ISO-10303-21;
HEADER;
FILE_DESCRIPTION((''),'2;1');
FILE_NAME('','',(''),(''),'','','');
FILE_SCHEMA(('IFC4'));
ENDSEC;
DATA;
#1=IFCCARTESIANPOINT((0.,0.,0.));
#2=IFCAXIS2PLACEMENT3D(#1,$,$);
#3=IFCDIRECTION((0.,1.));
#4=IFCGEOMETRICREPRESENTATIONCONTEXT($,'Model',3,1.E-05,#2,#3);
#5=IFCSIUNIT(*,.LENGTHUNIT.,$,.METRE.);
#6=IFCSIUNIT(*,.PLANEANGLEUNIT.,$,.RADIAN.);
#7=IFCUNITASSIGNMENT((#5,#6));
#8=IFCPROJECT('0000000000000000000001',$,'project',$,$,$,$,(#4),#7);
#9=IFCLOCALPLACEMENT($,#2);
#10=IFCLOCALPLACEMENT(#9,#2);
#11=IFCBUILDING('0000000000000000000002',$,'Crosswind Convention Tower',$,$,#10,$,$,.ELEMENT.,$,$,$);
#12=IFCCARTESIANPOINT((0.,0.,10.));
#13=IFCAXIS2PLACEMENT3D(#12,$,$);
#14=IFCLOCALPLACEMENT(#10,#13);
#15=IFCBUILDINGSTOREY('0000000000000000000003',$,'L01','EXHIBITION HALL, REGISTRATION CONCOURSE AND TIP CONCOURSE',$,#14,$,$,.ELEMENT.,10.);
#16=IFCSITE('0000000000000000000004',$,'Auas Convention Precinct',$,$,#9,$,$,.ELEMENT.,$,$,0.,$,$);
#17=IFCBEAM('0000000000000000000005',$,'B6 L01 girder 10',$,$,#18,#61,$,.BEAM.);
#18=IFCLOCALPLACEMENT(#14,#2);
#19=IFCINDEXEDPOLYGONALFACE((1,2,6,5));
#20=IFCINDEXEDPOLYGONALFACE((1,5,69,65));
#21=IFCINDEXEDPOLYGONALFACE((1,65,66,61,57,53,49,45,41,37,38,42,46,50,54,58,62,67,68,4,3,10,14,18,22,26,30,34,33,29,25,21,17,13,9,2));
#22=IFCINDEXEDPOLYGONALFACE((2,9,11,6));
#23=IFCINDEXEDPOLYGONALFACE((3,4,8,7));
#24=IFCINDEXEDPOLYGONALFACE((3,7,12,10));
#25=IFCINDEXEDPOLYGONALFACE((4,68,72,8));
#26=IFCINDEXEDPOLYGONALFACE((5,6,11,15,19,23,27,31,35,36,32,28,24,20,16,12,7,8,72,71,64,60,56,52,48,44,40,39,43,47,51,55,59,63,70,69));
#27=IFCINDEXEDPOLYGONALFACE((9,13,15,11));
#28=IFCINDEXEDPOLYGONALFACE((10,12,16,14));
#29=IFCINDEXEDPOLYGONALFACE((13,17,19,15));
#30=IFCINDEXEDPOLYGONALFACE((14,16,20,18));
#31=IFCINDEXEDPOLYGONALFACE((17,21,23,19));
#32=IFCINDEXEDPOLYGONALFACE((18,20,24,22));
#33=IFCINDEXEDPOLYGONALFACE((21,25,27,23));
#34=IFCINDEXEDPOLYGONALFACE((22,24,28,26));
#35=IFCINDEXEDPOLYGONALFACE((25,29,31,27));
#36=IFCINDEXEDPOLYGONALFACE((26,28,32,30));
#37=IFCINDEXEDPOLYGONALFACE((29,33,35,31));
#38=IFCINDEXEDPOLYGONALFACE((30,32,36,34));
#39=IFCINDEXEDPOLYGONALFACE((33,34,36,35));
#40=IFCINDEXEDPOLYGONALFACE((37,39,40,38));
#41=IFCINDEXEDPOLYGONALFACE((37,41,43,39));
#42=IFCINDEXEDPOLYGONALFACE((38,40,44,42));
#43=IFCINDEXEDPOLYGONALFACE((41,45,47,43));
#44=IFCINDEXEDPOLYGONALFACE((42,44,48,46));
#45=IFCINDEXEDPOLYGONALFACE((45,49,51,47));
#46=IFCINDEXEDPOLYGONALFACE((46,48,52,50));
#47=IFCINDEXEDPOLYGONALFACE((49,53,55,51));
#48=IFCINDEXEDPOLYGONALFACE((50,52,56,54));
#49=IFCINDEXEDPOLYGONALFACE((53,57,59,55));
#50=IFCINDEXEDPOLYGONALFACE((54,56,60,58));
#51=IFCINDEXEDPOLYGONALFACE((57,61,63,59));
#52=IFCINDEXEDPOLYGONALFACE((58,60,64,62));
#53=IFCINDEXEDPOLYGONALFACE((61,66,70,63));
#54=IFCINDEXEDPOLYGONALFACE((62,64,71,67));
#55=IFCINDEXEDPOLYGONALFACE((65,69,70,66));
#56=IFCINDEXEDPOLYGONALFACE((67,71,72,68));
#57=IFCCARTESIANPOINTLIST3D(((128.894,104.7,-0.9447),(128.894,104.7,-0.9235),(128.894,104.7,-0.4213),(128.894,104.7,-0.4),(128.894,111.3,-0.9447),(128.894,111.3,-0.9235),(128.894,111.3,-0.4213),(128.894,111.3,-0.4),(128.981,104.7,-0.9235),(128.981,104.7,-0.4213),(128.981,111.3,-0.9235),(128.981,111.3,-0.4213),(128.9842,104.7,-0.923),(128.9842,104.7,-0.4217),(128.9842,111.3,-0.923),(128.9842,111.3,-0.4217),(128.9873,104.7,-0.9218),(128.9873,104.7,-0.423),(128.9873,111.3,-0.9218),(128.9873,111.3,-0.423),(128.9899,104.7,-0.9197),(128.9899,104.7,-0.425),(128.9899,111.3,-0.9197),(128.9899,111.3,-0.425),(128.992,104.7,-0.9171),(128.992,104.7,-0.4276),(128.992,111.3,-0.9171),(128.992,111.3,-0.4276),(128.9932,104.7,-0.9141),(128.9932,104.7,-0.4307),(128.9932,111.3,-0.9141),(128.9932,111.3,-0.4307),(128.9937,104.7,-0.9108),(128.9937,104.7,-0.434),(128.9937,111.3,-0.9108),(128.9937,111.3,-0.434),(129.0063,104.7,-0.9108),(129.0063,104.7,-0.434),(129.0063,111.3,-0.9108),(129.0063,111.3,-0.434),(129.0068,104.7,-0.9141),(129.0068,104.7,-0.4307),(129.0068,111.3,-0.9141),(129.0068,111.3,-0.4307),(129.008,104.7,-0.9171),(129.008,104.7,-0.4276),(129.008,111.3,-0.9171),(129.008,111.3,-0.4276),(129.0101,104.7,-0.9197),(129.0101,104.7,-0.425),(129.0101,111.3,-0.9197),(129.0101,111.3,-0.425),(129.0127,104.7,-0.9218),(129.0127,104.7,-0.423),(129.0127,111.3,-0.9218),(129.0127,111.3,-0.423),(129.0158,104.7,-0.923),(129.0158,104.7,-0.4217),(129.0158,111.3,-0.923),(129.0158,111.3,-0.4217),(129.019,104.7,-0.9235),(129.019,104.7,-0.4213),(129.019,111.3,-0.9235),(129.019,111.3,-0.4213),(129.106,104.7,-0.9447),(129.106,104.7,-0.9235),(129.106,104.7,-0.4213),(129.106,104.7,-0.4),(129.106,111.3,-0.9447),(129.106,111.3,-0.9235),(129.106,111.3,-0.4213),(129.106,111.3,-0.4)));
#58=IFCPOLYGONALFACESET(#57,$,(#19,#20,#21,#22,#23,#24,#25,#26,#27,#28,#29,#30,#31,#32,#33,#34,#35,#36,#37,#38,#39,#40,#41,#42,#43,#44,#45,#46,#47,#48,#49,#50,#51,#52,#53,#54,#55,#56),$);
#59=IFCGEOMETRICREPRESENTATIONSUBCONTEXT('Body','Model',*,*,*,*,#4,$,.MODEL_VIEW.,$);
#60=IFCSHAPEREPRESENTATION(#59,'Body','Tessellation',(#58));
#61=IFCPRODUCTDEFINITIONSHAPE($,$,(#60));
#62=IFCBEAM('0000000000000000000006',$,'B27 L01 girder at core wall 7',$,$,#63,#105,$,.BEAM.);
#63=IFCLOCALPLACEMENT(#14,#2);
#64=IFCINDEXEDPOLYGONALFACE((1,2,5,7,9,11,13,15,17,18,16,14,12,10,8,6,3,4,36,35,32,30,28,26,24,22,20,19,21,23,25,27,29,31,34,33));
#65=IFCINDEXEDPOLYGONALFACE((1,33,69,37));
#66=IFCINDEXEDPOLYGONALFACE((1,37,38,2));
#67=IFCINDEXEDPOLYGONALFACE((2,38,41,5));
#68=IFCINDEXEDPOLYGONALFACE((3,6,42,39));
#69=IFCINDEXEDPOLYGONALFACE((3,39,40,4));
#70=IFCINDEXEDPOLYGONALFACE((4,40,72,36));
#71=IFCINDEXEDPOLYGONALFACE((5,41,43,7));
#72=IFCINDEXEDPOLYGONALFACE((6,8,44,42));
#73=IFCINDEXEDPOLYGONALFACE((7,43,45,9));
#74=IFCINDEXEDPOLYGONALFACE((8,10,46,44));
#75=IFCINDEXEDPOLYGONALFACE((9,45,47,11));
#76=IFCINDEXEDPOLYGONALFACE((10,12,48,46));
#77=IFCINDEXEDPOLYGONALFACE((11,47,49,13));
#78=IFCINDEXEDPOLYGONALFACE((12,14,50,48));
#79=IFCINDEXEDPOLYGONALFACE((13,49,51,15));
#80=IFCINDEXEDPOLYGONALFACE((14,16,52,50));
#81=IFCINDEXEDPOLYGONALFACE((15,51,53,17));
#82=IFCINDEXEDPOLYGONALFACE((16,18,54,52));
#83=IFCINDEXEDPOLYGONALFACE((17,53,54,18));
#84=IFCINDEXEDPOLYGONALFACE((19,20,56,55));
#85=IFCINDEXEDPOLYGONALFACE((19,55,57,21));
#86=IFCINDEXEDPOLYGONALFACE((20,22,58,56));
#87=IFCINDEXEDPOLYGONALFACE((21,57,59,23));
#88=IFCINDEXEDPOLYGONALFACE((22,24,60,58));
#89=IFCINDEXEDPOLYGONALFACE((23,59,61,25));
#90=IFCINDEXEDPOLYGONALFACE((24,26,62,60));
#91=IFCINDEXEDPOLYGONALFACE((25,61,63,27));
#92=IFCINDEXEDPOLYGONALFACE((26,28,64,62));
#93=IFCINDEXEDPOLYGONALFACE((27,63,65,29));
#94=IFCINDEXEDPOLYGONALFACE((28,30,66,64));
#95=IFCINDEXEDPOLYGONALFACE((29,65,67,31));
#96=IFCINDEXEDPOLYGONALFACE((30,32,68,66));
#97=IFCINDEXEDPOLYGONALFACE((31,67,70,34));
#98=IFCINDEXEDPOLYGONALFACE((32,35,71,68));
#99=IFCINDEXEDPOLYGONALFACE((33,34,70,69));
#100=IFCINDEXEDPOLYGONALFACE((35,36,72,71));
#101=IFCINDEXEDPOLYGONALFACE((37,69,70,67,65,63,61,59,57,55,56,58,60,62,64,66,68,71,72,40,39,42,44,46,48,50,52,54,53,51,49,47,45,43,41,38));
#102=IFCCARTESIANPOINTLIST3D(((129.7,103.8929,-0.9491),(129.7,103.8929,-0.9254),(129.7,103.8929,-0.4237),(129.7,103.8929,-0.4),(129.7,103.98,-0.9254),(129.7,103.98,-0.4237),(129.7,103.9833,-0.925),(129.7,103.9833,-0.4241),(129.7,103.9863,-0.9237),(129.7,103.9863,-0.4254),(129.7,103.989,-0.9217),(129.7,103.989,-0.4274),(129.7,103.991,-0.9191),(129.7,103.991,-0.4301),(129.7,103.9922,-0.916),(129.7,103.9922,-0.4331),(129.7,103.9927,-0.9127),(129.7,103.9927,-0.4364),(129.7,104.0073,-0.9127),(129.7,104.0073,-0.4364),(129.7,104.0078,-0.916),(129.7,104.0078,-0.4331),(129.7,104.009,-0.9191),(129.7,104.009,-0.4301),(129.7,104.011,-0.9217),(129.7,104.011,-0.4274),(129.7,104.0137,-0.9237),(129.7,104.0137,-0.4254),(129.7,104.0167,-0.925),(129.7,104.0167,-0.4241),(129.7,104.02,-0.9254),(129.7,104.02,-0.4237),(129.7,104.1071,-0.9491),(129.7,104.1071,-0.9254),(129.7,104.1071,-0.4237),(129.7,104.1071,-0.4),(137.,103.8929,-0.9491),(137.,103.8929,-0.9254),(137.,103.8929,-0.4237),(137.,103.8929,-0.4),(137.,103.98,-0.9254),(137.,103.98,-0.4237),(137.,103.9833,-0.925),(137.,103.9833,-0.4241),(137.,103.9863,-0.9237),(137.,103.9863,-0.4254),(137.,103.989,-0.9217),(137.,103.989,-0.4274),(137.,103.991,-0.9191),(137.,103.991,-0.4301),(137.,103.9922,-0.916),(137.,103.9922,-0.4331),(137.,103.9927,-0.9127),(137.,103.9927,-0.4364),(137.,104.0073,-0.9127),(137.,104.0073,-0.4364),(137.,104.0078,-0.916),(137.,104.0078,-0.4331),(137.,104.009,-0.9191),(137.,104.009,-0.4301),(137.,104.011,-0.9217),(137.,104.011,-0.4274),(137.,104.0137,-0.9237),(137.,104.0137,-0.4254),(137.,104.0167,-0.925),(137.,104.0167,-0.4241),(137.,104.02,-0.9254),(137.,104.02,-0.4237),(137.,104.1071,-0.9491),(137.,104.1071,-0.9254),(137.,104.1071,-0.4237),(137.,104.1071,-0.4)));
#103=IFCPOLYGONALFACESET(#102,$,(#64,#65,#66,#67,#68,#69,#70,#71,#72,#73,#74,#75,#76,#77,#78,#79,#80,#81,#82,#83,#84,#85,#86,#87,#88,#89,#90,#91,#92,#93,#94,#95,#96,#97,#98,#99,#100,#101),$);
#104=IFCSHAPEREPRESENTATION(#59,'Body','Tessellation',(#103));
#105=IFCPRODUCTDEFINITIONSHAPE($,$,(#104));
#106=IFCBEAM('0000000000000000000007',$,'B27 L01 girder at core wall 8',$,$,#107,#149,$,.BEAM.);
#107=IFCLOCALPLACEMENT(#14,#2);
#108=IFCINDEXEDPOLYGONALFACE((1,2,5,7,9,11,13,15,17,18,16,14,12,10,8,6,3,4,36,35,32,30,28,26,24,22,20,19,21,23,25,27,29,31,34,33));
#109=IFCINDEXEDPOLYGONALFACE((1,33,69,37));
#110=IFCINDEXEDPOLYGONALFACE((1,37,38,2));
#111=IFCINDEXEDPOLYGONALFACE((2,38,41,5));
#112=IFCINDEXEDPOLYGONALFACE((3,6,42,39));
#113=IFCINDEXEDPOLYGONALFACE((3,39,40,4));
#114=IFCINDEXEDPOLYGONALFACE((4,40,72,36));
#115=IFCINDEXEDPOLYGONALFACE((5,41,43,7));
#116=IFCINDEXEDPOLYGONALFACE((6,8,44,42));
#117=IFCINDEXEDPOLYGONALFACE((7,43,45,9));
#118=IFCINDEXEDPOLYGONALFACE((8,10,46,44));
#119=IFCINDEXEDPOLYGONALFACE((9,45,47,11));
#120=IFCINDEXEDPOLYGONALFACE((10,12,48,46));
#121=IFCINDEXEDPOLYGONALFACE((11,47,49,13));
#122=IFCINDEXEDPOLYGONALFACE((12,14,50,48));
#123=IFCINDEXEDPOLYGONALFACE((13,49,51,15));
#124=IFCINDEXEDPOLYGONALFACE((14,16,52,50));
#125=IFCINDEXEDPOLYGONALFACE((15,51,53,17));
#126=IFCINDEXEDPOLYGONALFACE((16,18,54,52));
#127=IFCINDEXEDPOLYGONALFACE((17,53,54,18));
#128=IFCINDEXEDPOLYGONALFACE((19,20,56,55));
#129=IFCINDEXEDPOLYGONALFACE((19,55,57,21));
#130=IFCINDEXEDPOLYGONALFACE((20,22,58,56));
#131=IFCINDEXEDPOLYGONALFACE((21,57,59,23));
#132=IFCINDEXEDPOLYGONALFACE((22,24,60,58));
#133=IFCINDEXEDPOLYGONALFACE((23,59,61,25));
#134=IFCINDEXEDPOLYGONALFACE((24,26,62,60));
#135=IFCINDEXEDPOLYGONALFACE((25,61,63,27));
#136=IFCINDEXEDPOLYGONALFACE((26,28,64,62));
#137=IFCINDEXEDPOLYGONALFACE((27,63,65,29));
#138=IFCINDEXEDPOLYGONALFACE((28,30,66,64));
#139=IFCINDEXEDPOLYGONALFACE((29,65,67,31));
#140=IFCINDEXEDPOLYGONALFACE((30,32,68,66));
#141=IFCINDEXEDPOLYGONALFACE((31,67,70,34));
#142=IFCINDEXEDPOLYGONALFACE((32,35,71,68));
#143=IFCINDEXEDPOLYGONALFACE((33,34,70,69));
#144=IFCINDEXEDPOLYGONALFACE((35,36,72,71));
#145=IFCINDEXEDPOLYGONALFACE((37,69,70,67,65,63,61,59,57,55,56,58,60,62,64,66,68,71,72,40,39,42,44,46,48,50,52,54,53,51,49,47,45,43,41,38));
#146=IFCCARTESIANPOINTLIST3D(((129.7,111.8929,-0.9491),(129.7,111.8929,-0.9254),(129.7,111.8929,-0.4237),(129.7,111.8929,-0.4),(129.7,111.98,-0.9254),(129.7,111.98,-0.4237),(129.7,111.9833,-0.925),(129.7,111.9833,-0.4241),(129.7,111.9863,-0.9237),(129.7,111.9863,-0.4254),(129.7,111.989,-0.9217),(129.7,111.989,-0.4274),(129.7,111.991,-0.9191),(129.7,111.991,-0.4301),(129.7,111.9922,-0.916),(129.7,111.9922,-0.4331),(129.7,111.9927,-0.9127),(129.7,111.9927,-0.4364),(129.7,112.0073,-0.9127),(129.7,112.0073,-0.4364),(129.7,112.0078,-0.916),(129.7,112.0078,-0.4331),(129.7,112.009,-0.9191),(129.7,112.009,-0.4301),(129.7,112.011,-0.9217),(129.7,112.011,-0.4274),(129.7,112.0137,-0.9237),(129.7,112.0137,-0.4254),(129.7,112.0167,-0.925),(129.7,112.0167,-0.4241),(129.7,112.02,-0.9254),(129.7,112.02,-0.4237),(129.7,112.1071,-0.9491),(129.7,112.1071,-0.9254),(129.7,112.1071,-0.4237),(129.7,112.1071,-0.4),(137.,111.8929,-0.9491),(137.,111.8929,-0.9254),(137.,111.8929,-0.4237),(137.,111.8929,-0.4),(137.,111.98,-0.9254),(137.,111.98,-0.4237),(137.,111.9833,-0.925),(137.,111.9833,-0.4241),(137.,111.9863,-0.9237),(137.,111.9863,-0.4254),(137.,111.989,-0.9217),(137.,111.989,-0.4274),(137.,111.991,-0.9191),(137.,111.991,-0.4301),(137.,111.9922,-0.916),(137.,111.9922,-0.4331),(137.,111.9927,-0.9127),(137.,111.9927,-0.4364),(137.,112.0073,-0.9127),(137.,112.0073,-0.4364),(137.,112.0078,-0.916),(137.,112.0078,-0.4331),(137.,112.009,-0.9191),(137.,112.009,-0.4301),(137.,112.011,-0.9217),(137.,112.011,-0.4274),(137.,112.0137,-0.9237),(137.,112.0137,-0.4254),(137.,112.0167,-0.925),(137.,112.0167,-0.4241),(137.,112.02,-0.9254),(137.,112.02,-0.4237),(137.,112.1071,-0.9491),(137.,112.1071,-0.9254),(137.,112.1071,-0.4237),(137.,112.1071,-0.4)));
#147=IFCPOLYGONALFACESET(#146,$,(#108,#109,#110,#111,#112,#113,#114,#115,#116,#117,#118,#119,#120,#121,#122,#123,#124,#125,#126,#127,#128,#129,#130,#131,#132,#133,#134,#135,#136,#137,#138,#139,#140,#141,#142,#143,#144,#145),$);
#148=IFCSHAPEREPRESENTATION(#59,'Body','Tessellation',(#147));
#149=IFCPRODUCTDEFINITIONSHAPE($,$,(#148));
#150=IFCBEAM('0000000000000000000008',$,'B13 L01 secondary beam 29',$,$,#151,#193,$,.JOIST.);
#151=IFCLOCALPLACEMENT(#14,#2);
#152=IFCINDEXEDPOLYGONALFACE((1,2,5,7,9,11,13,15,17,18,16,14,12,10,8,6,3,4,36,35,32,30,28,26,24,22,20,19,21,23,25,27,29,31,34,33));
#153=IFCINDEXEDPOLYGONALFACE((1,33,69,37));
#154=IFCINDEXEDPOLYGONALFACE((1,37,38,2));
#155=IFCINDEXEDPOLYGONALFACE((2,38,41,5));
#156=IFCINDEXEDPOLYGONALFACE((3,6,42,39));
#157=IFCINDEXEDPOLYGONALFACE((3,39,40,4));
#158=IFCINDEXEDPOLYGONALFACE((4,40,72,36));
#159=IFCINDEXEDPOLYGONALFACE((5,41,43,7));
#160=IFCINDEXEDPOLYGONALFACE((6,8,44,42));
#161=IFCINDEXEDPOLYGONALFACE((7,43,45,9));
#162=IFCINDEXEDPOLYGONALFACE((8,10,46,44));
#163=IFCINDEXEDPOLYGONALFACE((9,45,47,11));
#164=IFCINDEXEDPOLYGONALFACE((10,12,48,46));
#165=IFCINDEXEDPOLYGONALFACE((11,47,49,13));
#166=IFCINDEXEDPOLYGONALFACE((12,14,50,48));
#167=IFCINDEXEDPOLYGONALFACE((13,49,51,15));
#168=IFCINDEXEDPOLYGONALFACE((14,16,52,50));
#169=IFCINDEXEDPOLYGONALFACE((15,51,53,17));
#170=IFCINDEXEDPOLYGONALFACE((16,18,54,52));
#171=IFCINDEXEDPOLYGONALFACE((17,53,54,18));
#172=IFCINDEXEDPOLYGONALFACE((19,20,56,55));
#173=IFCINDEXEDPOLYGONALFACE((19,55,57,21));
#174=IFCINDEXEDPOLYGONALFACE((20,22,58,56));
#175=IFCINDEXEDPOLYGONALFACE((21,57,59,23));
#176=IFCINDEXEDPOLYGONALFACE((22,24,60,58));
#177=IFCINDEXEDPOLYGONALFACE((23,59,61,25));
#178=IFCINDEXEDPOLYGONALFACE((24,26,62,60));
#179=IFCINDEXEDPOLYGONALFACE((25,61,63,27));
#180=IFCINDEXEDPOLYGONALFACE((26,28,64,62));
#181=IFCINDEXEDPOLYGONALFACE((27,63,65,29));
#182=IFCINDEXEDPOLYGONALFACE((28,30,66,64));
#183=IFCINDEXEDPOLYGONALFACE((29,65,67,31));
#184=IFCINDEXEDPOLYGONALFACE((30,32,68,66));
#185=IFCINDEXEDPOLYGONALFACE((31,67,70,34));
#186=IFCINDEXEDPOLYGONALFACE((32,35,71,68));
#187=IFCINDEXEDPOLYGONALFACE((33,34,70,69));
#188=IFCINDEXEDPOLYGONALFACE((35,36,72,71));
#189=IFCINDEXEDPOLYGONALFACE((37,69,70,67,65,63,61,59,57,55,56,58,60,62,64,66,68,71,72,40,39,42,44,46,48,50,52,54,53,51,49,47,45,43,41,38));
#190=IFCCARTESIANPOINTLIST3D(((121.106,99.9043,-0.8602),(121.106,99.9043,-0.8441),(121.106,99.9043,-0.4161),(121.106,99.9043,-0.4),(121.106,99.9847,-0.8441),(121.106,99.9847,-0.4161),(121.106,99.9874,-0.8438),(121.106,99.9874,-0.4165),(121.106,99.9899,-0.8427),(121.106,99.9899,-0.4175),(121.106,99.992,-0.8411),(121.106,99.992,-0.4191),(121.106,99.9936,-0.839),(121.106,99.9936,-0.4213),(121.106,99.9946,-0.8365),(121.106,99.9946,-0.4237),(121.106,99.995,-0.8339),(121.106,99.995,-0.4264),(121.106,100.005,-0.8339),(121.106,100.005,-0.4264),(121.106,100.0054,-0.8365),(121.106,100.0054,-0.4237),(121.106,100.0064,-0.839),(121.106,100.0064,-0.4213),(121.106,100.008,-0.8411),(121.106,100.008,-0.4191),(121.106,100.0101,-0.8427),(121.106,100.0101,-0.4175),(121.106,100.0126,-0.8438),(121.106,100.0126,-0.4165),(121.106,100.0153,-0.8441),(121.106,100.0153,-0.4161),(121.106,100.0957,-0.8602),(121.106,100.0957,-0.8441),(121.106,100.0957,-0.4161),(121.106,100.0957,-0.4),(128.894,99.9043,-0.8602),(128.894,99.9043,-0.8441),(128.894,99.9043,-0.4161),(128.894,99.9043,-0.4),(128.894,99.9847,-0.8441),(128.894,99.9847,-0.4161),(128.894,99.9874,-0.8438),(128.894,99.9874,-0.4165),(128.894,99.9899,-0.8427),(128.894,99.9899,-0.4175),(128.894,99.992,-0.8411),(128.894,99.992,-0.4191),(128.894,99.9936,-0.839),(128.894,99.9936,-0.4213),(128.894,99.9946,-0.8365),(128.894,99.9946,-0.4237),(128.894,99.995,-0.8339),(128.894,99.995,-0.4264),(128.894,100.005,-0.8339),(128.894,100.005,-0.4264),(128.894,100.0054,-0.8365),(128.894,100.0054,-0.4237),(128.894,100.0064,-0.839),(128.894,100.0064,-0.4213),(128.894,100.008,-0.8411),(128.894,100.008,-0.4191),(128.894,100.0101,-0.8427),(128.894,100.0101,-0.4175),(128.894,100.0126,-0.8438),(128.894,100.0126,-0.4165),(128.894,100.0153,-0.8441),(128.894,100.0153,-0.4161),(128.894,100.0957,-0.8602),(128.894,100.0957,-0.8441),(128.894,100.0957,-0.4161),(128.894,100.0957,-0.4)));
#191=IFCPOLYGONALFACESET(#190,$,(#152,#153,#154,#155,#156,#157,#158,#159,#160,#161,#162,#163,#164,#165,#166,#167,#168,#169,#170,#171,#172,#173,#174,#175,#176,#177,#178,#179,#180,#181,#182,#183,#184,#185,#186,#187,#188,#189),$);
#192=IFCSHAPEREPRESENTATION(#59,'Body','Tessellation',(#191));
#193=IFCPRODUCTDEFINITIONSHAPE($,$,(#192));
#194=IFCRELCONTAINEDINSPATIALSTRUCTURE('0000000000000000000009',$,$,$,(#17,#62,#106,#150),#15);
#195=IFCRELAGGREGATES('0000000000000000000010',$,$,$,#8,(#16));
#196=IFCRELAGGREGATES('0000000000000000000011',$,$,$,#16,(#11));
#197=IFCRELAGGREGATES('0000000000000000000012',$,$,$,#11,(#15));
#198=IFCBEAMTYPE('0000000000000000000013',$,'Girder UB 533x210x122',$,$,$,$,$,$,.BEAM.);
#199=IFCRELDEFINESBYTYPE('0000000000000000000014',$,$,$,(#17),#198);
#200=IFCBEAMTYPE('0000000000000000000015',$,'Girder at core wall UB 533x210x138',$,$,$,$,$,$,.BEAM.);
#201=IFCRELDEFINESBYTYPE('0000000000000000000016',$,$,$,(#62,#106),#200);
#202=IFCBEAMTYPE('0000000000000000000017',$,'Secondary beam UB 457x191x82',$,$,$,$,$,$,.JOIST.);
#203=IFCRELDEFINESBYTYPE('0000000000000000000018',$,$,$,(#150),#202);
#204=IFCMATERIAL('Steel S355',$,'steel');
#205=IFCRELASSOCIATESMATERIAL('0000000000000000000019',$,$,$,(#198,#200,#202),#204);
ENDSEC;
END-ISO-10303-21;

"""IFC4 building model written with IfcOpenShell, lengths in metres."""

from ifc_helpers import new_model, si_unit, direction, frame, origin, origin_2d, place, context, subcontext, project, spatial, i_section, extrude, material, material_profile, profile_set, type_object, element, save


model = new_model("IFC4")

# Units and contexts
model_context = context("Model", 3, precision=1e-05, world=origin(), true_north=direction((0.0, 1.0)))
body_context = subcontext(model_context, "Body", "Model", "MODEL_VIEW")
ifc_project = project(units=[si_unit("LENGTHUNIT", "METRE"), si_unit("PLANEANGLEUNIT", "RADIAN")], contexts=[model_context])

# Site, building, storey
site_placement = place(None, origin())
site = spatial("IfcSite", under=ifc_project, at=site_placement, Name="Auas Convention Precinct", CompositionType="ELEMENT", RefElevation=0.0)
building_placement = place(site_placement, origin())
building = spatial("IfcBuilding", under=site, at=building_placement, Name="Crosswind Convention Tower", CompositionType="ELEMENT")
storey_placement = place(building_placement, frame((0.0, 0.0, 10.0)))
storey = spatial("IfcBuildingStorey", under=building, at=storey_placement, Name="L01", Description="EXHIBITION HALL, REGISTRATION CONCOURSE AND TIP CONCOURSE", CompositionType="ELEMENT", Elevation=10.0)

# Beams
ifc_material_1 = material(Name="Steel S355", Category="steel")
ifc_material_profile_1 = material_profile(ifc_material_1, i_section(OverallWidth=0.2119, OverallDepth=0.5447, WebThickness=0.0127, FlangeThickness=0.0212, FilletRadius=0.0127, at=origin_2d()), Name="UB 533x210x122")
ifc_profile_set_1 = profile_set([ifc_material_profile_1], Name="Steel S355")
beam_type_1 = type_object("IfcBeamType", Name="Girder UB 533x210x122", PredefinedType="BEAM", material=ifc_profile_set_1)
for number, where, z_axis, x_axis, name in (
    (1, (129.0, 104.7, -0.6724), (0.0, 1.0, 0.0), (-1.0, 0.0, 0.0), "B6 L01 girder 10"),
):
    element("IfcBeam", number, at=place(storey_placement, frame(where, z_axis=z_axis, x_axis=x_axis)), inside=storey, type_object=beam_type_1, Name=name, PredefinedType="BEAM", context=body_context, shape_type="SweptSolid", body=[
        extrude(i_section(OverallWidth=0.2119, OverallDepth=0.5447, WebThickness=0.0127, FlangeThickness=0.0212, FilletRadius=0.0127, at=origin_2d()), origin(), (0.0, 0.0, 1.0), 6.6001),
    ])
ifc_material_profile_2 = material_profile(ifc_material_1, i_section(OverallWidth=0.2141, OverallDepth=0.5491, WebThickness=0.0146, FlangeThickness=0.0237, FilletRadius=0.0127, at=origin_2d()), Name="UB 533x210x138")
ifc_profile_set_2 = profile_set([ifc_material_profile_2], Name="Steel S355")
beam_type_2 = type_object("IfcBeamType", Name="Girder at core wall UB 533x210x138", PredefinedType="BEAM", material=ifc_profile_set_2)
for number, where, z_axis, x_axis, name in (
    (2, (129.7, 104.0, -0.6746), (1.0, 0.0, 0.0), (0.0, 1.0, 0.0), "B27 L01 girder at core wall 7"),
    (3, (129.7, 112.0, -0.6746), (1.0, 0.0, 0.0), (0.0, 1.0, 0.0), "B27 L01 girder at core wall 8"),
):
    element("IfcBeam", number, at=place(storey_placement, frame(where, z_axis=z_axis, x_axis=x_axis)), inside=storey, type_object=beam_type_2, Name=name, PredefinedType="BEAM", context=body_context, shape_type="SweptSolid", body=[
        extrude(i_section(OverallWidth=0.2141, OverallDepth=0.5491, WebThickness=0.0146, FlangeThickness=0.0237, FilletRadius=0.0127, at=origin_2d()), origin(), (0.0, 0.0, 1.0), 7.3),
    ])
ifc_material_profile_3 = material_profile(ifc_material_1, i_section(OverallWidth=0.1914, OverallDepth=0.4602, WebThickness=0.01, FlangeThickness=0.0161, FilletRadius=0.0103, at=origin_2d()), Name="UB 457x191x82")
ifc_profile_set_3 = profile_set([ifc_material_profile_3], Name="Steel S355")
beam_type_3 = type_object("IfcBeamType", Name="Secondary beam UB 457x191x82", PredefinedType="JOIST", material=ifc_profile_set_3)
for number, where, z_axis, x_axis, name in (
    (4, (121.106, 100.0, -0.6301), (1.0, 0.0, 0.0), (0.0, 1.0, 0.0), "B13 L01 secondary beam 29"),
):
    element("IfcBeam", number, at=place(storey_placement, frame(where, z_axis=z_axis, x_axis=x_axis)), inside=storey, type_object=beam_type_3, Name=name, PredefinedType="JOIST", context=body_context, shape_type="SweptSolid", body=[
        extrude(i_section(OverallWidth=0.1914, OverallDepth=0.4602, WebThickness=0.01, FlangeThickness=0.0161, FilletRadius=0.0103, at=origin_2d()), origin(), (0.0, 0.0, 1.0), 7.7881),
    ])

save(model, "model.ifc")
